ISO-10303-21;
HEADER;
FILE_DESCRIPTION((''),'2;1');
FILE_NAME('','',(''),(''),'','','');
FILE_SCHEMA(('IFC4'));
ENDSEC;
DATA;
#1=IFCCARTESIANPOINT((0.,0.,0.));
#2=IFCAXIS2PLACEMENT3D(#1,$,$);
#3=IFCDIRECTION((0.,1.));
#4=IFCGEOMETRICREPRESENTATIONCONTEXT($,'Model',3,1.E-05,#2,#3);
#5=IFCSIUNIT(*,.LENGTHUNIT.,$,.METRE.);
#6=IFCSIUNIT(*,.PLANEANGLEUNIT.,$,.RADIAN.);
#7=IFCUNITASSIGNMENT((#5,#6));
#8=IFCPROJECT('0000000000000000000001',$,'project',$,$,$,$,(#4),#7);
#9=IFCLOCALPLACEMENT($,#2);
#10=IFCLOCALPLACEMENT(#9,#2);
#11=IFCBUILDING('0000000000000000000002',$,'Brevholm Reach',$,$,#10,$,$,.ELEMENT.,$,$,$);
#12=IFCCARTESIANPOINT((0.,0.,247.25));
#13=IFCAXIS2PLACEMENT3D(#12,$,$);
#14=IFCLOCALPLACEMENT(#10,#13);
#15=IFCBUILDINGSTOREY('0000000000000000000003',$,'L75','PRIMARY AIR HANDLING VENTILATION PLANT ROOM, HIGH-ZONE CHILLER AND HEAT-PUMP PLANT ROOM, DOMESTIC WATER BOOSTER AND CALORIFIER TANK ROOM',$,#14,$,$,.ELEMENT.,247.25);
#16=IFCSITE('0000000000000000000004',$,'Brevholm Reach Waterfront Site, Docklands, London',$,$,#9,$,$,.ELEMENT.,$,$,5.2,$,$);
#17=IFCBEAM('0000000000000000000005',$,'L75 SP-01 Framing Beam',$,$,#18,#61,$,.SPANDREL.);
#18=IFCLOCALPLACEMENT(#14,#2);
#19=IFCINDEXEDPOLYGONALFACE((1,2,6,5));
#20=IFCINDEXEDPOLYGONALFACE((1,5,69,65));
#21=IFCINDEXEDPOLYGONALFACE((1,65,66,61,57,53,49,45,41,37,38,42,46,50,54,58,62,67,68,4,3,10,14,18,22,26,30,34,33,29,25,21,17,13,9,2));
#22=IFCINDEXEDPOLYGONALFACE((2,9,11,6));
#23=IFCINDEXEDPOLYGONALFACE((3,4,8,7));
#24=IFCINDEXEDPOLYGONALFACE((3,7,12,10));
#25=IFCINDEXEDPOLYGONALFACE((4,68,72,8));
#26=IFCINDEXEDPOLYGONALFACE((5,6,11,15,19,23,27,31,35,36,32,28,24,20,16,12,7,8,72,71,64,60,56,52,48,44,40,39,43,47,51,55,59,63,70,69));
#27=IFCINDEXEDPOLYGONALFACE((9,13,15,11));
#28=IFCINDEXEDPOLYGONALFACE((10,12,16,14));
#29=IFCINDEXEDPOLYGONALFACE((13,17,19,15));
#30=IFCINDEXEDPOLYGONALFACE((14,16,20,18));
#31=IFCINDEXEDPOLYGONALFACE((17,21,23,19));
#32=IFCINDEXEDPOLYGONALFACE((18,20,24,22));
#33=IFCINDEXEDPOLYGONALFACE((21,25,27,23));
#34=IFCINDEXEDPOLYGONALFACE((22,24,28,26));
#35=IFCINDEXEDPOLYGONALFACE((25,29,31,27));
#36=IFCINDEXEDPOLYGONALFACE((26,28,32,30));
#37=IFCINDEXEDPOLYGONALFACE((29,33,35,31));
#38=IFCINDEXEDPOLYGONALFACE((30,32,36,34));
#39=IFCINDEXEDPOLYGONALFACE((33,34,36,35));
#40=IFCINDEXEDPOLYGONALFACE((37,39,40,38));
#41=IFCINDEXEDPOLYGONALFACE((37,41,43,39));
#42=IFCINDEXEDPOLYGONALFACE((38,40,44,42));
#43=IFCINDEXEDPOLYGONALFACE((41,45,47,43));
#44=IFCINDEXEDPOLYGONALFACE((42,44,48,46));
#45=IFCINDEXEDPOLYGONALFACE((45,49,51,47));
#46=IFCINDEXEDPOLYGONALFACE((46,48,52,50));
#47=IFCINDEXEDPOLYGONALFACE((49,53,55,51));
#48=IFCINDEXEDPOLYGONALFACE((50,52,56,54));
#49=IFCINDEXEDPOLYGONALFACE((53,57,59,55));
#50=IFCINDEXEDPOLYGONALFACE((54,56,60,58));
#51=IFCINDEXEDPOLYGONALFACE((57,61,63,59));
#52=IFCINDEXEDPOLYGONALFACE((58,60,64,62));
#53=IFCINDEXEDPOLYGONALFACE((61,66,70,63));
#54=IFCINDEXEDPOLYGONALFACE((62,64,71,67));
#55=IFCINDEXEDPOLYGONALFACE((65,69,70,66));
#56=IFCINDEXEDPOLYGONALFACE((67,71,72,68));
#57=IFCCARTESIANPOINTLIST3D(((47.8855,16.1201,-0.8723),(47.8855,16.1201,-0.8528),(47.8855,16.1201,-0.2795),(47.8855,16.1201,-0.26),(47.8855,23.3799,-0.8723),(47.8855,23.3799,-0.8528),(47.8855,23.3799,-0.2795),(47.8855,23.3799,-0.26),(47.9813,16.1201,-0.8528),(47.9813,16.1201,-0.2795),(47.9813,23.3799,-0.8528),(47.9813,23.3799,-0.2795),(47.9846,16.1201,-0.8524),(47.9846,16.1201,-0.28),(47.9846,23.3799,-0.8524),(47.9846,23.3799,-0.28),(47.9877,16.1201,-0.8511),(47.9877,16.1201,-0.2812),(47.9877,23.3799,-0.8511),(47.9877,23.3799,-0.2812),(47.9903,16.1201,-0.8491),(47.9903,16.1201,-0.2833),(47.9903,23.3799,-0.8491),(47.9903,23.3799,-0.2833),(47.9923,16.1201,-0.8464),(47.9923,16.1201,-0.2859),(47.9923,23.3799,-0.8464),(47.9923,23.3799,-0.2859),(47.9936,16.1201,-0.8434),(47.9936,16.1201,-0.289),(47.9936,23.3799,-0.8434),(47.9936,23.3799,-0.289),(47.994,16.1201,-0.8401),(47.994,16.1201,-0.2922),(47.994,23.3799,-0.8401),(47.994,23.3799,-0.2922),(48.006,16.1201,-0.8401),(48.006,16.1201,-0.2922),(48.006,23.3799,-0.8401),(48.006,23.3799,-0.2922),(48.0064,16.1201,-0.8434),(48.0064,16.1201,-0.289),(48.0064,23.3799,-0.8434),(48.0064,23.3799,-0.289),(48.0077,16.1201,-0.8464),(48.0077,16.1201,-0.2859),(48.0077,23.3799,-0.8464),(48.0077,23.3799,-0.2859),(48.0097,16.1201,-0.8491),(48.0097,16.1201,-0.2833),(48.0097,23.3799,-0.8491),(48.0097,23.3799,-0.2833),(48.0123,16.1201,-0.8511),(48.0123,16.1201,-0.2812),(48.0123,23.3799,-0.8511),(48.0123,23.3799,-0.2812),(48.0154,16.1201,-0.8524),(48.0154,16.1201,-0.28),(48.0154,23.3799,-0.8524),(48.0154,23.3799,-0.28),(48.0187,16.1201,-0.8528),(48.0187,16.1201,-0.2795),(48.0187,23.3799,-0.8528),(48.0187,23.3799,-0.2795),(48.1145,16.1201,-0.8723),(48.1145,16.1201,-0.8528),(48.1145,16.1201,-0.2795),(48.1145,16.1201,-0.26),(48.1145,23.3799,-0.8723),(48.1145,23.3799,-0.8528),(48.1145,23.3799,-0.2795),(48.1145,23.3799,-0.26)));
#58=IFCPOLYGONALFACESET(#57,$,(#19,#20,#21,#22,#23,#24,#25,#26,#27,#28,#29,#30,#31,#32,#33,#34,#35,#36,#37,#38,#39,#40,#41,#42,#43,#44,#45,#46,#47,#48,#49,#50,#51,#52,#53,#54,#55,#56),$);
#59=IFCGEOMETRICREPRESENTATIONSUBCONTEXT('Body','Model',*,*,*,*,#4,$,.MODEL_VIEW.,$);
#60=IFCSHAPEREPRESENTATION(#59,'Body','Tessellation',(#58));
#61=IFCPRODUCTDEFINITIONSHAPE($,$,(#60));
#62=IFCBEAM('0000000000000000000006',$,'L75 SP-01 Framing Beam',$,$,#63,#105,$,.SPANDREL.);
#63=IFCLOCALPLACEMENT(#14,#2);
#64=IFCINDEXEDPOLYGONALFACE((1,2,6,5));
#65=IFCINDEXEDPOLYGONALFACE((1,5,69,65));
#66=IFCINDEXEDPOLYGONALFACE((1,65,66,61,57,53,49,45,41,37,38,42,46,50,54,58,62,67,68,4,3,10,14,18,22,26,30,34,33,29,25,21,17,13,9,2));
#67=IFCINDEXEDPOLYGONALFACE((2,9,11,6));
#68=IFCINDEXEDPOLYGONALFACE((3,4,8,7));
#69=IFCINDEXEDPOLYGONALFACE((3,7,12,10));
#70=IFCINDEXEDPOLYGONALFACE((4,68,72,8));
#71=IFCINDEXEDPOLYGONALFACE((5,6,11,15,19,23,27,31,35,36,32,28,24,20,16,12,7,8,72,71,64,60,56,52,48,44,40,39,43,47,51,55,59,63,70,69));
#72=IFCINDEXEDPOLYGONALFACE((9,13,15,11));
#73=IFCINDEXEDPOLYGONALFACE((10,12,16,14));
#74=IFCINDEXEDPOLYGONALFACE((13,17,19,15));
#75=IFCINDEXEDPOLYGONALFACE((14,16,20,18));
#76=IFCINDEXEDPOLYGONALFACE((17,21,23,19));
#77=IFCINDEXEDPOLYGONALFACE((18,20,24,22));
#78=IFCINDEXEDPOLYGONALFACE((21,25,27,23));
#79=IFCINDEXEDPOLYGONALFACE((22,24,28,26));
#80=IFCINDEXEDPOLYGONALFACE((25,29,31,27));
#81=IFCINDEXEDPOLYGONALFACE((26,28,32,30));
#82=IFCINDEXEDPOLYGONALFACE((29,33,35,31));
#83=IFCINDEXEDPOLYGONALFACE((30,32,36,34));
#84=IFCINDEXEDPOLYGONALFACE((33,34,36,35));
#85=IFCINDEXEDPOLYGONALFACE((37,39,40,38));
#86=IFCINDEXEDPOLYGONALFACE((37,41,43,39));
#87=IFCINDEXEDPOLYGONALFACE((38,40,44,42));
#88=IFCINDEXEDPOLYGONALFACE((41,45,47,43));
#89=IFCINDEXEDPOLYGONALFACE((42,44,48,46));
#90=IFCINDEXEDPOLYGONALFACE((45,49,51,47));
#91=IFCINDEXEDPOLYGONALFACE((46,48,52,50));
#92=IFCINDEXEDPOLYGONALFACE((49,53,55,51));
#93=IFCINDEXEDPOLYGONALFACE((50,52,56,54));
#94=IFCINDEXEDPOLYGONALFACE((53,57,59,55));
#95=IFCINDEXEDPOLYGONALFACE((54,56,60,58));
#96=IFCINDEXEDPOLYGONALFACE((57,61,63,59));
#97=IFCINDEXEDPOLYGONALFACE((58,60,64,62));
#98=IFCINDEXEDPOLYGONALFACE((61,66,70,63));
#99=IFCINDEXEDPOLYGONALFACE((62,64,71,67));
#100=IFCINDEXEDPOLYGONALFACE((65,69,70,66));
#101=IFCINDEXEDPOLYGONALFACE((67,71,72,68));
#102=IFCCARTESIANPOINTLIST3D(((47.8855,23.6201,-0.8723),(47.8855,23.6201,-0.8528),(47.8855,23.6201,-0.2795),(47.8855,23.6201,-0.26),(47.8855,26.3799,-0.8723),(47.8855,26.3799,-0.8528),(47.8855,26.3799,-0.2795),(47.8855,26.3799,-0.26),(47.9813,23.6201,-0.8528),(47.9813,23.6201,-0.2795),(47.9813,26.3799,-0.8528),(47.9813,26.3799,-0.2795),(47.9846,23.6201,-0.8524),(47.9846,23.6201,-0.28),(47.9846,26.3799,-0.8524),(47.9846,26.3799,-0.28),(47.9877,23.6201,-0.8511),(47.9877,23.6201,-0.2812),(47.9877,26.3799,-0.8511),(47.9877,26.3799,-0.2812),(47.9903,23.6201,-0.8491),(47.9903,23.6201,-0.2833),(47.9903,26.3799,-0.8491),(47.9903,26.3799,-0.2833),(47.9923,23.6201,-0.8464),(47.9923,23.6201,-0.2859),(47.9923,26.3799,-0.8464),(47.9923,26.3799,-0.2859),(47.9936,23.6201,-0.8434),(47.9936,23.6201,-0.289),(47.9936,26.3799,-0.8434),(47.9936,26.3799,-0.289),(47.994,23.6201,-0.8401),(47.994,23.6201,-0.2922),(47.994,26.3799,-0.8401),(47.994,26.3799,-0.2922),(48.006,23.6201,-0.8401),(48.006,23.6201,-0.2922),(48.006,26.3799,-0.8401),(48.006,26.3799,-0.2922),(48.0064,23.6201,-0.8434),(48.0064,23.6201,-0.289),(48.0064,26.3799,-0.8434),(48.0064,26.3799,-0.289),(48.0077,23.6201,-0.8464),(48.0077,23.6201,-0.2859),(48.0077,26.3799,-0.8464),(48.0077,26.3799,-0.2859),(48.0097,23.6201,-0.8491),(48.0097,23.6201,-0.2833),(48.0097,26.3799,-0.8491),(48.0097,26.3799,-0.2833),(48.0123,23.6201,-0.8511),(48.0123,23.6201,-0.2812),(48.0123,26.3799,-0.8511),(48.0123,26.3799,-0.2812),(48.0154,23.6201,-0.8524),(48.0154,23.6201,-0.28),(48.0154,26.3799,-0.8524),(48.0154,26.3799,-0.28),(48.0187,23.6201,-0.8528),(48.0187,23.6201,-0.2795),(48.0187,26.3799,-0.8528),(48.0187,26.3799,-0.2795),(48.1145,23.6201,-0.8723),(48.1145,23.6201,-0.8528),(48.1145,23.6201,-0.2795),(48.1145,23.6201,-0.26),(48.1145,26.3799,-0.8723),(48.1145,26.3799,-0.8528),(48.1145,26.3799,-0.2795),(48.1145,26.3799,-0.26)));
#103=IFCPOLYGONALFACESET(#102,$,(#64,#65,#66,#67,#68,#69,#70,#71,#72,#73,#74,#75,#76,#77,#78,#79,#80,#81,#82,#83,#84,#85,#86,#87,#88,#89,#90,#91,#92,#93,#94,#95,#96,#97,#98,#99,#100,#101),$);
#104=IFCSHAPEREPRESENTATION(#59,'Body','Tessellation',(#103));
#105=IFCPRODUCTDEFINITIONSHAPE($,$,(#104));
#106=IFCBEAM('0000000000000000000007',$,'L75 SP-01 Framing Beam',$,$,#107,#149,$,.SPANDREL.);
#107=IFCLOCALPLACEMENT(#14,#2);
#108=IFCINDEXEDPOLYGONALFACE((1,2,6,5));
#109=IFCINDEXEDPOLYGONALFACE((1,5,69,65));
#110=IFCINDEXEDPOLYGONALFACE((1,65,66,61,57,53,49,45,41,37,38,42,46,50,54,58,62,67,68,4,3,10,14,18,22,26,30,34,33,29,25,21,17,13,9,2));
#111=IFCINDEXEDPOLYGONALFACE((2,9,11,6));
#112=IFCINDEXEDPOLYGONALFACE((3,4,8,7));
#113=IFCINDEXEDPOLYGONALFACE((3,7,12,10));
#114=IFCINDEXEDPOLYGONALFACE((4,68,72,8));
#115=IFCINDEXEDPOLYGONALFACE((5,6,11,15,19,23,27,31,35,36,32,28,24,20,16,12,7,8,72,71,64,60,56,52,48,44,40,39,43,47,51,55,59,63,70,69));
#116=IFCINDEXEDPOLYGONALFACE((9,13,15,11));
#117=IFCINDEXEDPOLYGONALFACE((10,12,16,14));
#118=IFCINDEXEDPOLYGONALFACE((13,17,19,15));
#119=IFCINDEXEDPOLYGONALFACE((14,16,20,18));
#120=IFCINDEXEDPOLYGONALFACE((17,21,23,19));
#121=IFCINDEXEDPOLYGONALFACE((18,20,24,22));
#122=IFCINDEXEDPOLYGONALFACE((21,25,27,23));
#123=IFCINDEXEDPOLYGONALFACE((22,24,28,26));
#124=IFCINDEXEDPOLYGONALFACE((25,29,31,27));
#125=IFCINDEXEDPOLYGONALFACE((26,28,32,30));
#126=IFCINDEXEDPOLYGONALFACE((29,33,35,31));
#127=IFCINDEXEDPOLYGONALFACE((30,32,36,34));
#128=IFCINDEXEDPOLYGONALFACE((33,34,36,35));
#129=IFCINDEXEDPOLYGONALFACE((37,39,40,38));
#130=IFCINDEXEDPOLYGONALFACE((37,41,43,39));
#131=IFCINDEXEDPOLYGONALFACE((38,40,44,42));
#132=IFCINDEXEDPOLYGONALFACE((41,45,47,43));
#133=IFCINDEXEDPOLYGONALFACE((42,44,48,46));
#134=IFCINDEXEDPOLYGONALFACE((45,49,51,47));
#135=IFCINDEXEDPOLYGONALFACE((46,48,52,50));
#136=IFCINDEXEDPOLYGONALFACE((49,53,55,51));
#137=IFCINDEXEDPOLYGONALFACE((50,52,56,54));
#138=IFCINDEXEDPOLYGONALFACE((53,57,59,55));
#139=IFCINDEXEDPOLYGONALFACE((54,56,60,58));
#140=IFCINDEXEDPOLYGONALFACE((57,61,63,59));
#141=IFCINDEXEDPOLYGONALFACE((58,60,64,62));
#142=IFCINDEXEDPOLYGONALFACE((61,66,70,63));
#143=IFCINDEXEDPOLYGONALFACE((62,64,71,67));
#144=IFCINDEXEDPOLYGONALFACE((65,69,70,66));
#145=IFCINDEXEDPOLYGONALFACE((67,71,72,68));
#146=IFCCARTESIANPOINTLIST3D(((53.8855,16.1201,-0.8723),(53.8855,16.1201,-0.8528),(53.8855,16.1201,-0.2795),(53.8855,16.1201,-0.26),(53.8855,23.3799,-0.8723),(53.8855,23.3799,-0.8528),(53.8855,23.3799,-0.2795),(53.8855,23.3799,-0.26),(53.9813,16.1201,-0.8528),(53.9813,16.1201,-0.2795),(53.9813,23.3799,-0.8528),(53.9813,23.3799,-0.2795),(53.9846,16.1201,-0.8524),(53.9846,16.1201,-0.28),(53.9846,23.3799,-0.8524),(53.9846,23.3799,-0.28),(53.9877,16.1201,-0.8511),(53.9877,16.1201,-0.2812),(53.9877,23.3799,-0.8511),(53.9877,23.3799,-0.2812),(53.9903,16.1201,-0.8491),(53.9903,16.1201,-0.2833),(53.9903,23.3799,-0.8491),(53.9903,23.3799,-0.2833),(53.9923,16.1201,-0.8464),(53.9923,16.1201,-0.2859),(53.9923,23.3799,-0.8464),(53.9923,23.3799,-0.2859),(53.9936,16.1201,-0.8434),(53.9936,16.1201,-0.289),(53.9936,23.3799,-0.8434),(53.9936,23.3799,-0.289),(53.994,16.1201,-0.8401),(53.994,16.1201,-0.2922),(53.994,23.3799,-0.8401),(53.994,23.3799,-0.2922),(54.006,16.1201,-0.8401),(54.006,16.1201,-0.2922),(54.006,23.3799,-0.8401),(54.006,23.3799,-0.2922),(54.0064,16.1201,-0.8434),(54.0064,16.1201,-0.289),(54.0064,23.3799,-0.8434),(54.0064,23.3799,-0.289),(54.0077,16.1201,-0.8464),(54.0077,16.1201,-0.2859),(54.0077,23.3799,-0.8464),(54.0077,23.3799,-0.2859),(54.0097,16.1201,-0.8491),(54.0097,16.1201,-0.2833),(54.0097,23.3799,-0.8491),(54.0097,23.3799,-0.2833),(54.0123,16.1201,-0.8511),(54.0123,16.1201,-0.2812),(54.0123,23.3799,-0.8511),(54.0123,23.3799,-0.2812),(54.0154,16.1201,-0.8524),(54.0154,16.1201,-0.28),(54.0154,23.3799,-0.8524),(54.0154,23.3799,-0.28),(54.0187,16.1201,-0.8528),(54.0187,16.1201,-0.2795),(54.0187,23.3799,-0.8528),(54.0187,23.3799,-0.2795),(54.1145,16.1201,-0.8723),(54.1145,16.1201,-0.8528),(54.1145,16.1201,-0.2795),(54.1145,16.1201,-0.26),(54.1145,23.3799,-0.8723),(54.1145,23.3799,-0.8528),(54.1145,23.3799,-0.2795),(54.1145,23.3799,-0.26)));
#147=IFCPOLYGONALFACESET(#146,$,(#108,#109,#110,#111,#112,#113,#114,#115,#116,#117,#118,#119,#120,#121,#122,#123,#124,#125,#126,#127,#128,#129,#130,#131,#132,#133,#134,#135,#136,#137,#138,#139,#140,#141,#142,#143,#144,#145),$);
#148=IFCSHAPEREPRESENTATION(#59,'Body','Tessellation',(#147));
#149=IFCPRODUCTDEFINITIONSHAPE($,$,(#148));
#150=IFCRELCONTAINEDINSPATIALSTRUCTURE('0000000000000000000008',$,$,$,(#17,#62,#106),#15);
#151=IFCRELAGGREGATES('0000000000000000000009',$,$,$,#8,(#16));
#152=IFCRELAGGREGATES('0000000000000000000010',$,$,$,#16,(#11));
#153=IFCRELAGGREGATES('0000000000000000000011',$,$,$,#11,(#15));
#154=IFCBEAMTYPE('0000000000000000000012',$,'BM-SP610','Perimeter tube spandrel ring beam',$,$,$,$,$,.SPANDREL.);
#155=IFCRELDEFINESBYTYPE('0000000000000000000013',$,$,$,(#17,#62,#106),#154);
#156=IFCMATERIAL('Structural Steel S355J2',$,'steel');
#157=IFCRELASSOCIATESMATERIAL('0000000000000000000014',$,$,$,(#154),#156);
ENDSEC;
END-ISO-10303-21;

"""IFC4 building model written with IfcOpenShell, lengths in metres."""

from ifc_helpers import new_model, si_unit, direction, frame, origin, origin_2d, place, context, subcontext, project, spatial, i_section, extrude, material, material_profile, profile_set, type_object, element, save


model = new_model("IFC4")

# Units and contexts
model_context = context("Model", 3, precision=1e-05, world=origin(), true_north=direction((0.0, 1.0)))
body_context = subcontext(model_context, "Body", "Model", "MODEL_VIEW")
ifc_project = project(units=[si_unit("LENGTHUNIT", "METRE"), si_unit("PLANEANGLEUNIT", "RADIAN")], contexts=[model_context])

# Site, building, storey
site_placement = place(None, origin())
site = spatial("IfcSite", under=ifc_project, at=site_placement, Name="Brevholm Reach Waterfront Site, Docklands, London", CompositionType="ELEMENT", RefElevation=5.2)
building_placement = place(site_placement, origin())
building = spatial("IfcBuilding", under=site, at=building_placement, Name="Brevholm Reach", CompositionType="ELEMENT")
storey_placement = place(building_placement, frame((0.0, 0.0, 247.25)))
storey = spatial("IfcBuildingStorey", under=building, at=storey_placement, Name="L75", Description="PRIMARY AIR HANDLING VENTILATION PLANT ROOM, HIGH-ZONE CHILLER AND HEAT-PUMP PLANT ROOM, DOMESTIC WATER BOOSTER AND CALORIFIER TANK ROOM", CompositionType="ELEMENT", Elevation=247.25)

# Beams
ifc_material_1 = material(Name="Structural Steel S355J2", Category="steel")
ifc_material_profile_1 = material_profile(ifc_material_1, i_section(OverallWidth=0.229, OverallDepth=0.6123, WebThickness=0.012, FlangeThickness=0.0195, FilletRadius=0.0127, at=origin_2d()), Name="UKB 610x229x125")
ifc_profile_set_1 = profile_set([ifc_material_profile_1], Name="Structural Steel S355J2")
beam_type_1 = type_object("IfcBeamType", Name="BM-SP610", Description="Perimeter tube spandrel ring beam", PredefinedType="SPANDREL", material=ifc_profile_set_1)
beam_1_placement = place(storey_placement, frame((48.0, 16.1201, -0.5662), z_axis=(0.0, 1.0, 0.0), x_axis=(-1.0, 0.0, 0.0)))
element("IfcBeam", 1, at=beam_1_placement, inside=storey, type_object=beam_type_1, Name="L75 SP-01 Framing Beam", PredefinedType="SPANDREL", context=body_context, shape_type="SweptSolid", body=[
    extrude(i_section(OverallWidth=0.229, OverallDepth=0.6123, WebThickness=0.012, FlangeThickness=0.0195, FilletRadius=0.0127, at=origin_2d()), origin(), (0.0, 0.0, 1.0), 7.2598),
])
beam_2_placement = place(storey_placement, frame((48.0, 23.6201, -0.5662), z_axis=(0.0, 1.0, 0.0), x_axis=(-1.0, 0.0, 0.0)))
element("IfcBeam", 2, at=beam_2_placement, inside=storey, type_object=beam_type_1, Name="L75 SP-01 Framing Beam", PredefinedType="SPANDREL", context=body_context, shape_type="SweptSolid", body=[
    extrude(i_section(OverallWidth=0.229, OverallDepth=0.6123, WebThickness=0.012, FlangeThickness=0.0195, FilletRadius=0.0127, at=origin_2d()), origin(), (0.0, 0.0, 1.0), 2.7598),
])
beam_3_placement = place(storey_placement, frame((54.0, 16.1201, -0.5662), z_axis=(0.0, 1.0, 0.0), x_axis=(-1.0, 0.0, 0.0)))
element("IfcBeam", 3, at=beam_3_placement, inside=storey, type_object=beam_type_1, Name="L75 SP-01 Framing Beam", PredefinedType="SPANDREL", context=body_context, shape_type="SweptSolid", body=[
    extrude(i_section(OverallWidth=0.229, OverallDepth=0.6123, WebThickness=0.012, FlangeThickness=0.0195, FilletRadius=0.0127, at=origin_2d()), origin(), (0.0, 0.0, 1.0), 7.2598),
])

save(model, "model.ifc")
